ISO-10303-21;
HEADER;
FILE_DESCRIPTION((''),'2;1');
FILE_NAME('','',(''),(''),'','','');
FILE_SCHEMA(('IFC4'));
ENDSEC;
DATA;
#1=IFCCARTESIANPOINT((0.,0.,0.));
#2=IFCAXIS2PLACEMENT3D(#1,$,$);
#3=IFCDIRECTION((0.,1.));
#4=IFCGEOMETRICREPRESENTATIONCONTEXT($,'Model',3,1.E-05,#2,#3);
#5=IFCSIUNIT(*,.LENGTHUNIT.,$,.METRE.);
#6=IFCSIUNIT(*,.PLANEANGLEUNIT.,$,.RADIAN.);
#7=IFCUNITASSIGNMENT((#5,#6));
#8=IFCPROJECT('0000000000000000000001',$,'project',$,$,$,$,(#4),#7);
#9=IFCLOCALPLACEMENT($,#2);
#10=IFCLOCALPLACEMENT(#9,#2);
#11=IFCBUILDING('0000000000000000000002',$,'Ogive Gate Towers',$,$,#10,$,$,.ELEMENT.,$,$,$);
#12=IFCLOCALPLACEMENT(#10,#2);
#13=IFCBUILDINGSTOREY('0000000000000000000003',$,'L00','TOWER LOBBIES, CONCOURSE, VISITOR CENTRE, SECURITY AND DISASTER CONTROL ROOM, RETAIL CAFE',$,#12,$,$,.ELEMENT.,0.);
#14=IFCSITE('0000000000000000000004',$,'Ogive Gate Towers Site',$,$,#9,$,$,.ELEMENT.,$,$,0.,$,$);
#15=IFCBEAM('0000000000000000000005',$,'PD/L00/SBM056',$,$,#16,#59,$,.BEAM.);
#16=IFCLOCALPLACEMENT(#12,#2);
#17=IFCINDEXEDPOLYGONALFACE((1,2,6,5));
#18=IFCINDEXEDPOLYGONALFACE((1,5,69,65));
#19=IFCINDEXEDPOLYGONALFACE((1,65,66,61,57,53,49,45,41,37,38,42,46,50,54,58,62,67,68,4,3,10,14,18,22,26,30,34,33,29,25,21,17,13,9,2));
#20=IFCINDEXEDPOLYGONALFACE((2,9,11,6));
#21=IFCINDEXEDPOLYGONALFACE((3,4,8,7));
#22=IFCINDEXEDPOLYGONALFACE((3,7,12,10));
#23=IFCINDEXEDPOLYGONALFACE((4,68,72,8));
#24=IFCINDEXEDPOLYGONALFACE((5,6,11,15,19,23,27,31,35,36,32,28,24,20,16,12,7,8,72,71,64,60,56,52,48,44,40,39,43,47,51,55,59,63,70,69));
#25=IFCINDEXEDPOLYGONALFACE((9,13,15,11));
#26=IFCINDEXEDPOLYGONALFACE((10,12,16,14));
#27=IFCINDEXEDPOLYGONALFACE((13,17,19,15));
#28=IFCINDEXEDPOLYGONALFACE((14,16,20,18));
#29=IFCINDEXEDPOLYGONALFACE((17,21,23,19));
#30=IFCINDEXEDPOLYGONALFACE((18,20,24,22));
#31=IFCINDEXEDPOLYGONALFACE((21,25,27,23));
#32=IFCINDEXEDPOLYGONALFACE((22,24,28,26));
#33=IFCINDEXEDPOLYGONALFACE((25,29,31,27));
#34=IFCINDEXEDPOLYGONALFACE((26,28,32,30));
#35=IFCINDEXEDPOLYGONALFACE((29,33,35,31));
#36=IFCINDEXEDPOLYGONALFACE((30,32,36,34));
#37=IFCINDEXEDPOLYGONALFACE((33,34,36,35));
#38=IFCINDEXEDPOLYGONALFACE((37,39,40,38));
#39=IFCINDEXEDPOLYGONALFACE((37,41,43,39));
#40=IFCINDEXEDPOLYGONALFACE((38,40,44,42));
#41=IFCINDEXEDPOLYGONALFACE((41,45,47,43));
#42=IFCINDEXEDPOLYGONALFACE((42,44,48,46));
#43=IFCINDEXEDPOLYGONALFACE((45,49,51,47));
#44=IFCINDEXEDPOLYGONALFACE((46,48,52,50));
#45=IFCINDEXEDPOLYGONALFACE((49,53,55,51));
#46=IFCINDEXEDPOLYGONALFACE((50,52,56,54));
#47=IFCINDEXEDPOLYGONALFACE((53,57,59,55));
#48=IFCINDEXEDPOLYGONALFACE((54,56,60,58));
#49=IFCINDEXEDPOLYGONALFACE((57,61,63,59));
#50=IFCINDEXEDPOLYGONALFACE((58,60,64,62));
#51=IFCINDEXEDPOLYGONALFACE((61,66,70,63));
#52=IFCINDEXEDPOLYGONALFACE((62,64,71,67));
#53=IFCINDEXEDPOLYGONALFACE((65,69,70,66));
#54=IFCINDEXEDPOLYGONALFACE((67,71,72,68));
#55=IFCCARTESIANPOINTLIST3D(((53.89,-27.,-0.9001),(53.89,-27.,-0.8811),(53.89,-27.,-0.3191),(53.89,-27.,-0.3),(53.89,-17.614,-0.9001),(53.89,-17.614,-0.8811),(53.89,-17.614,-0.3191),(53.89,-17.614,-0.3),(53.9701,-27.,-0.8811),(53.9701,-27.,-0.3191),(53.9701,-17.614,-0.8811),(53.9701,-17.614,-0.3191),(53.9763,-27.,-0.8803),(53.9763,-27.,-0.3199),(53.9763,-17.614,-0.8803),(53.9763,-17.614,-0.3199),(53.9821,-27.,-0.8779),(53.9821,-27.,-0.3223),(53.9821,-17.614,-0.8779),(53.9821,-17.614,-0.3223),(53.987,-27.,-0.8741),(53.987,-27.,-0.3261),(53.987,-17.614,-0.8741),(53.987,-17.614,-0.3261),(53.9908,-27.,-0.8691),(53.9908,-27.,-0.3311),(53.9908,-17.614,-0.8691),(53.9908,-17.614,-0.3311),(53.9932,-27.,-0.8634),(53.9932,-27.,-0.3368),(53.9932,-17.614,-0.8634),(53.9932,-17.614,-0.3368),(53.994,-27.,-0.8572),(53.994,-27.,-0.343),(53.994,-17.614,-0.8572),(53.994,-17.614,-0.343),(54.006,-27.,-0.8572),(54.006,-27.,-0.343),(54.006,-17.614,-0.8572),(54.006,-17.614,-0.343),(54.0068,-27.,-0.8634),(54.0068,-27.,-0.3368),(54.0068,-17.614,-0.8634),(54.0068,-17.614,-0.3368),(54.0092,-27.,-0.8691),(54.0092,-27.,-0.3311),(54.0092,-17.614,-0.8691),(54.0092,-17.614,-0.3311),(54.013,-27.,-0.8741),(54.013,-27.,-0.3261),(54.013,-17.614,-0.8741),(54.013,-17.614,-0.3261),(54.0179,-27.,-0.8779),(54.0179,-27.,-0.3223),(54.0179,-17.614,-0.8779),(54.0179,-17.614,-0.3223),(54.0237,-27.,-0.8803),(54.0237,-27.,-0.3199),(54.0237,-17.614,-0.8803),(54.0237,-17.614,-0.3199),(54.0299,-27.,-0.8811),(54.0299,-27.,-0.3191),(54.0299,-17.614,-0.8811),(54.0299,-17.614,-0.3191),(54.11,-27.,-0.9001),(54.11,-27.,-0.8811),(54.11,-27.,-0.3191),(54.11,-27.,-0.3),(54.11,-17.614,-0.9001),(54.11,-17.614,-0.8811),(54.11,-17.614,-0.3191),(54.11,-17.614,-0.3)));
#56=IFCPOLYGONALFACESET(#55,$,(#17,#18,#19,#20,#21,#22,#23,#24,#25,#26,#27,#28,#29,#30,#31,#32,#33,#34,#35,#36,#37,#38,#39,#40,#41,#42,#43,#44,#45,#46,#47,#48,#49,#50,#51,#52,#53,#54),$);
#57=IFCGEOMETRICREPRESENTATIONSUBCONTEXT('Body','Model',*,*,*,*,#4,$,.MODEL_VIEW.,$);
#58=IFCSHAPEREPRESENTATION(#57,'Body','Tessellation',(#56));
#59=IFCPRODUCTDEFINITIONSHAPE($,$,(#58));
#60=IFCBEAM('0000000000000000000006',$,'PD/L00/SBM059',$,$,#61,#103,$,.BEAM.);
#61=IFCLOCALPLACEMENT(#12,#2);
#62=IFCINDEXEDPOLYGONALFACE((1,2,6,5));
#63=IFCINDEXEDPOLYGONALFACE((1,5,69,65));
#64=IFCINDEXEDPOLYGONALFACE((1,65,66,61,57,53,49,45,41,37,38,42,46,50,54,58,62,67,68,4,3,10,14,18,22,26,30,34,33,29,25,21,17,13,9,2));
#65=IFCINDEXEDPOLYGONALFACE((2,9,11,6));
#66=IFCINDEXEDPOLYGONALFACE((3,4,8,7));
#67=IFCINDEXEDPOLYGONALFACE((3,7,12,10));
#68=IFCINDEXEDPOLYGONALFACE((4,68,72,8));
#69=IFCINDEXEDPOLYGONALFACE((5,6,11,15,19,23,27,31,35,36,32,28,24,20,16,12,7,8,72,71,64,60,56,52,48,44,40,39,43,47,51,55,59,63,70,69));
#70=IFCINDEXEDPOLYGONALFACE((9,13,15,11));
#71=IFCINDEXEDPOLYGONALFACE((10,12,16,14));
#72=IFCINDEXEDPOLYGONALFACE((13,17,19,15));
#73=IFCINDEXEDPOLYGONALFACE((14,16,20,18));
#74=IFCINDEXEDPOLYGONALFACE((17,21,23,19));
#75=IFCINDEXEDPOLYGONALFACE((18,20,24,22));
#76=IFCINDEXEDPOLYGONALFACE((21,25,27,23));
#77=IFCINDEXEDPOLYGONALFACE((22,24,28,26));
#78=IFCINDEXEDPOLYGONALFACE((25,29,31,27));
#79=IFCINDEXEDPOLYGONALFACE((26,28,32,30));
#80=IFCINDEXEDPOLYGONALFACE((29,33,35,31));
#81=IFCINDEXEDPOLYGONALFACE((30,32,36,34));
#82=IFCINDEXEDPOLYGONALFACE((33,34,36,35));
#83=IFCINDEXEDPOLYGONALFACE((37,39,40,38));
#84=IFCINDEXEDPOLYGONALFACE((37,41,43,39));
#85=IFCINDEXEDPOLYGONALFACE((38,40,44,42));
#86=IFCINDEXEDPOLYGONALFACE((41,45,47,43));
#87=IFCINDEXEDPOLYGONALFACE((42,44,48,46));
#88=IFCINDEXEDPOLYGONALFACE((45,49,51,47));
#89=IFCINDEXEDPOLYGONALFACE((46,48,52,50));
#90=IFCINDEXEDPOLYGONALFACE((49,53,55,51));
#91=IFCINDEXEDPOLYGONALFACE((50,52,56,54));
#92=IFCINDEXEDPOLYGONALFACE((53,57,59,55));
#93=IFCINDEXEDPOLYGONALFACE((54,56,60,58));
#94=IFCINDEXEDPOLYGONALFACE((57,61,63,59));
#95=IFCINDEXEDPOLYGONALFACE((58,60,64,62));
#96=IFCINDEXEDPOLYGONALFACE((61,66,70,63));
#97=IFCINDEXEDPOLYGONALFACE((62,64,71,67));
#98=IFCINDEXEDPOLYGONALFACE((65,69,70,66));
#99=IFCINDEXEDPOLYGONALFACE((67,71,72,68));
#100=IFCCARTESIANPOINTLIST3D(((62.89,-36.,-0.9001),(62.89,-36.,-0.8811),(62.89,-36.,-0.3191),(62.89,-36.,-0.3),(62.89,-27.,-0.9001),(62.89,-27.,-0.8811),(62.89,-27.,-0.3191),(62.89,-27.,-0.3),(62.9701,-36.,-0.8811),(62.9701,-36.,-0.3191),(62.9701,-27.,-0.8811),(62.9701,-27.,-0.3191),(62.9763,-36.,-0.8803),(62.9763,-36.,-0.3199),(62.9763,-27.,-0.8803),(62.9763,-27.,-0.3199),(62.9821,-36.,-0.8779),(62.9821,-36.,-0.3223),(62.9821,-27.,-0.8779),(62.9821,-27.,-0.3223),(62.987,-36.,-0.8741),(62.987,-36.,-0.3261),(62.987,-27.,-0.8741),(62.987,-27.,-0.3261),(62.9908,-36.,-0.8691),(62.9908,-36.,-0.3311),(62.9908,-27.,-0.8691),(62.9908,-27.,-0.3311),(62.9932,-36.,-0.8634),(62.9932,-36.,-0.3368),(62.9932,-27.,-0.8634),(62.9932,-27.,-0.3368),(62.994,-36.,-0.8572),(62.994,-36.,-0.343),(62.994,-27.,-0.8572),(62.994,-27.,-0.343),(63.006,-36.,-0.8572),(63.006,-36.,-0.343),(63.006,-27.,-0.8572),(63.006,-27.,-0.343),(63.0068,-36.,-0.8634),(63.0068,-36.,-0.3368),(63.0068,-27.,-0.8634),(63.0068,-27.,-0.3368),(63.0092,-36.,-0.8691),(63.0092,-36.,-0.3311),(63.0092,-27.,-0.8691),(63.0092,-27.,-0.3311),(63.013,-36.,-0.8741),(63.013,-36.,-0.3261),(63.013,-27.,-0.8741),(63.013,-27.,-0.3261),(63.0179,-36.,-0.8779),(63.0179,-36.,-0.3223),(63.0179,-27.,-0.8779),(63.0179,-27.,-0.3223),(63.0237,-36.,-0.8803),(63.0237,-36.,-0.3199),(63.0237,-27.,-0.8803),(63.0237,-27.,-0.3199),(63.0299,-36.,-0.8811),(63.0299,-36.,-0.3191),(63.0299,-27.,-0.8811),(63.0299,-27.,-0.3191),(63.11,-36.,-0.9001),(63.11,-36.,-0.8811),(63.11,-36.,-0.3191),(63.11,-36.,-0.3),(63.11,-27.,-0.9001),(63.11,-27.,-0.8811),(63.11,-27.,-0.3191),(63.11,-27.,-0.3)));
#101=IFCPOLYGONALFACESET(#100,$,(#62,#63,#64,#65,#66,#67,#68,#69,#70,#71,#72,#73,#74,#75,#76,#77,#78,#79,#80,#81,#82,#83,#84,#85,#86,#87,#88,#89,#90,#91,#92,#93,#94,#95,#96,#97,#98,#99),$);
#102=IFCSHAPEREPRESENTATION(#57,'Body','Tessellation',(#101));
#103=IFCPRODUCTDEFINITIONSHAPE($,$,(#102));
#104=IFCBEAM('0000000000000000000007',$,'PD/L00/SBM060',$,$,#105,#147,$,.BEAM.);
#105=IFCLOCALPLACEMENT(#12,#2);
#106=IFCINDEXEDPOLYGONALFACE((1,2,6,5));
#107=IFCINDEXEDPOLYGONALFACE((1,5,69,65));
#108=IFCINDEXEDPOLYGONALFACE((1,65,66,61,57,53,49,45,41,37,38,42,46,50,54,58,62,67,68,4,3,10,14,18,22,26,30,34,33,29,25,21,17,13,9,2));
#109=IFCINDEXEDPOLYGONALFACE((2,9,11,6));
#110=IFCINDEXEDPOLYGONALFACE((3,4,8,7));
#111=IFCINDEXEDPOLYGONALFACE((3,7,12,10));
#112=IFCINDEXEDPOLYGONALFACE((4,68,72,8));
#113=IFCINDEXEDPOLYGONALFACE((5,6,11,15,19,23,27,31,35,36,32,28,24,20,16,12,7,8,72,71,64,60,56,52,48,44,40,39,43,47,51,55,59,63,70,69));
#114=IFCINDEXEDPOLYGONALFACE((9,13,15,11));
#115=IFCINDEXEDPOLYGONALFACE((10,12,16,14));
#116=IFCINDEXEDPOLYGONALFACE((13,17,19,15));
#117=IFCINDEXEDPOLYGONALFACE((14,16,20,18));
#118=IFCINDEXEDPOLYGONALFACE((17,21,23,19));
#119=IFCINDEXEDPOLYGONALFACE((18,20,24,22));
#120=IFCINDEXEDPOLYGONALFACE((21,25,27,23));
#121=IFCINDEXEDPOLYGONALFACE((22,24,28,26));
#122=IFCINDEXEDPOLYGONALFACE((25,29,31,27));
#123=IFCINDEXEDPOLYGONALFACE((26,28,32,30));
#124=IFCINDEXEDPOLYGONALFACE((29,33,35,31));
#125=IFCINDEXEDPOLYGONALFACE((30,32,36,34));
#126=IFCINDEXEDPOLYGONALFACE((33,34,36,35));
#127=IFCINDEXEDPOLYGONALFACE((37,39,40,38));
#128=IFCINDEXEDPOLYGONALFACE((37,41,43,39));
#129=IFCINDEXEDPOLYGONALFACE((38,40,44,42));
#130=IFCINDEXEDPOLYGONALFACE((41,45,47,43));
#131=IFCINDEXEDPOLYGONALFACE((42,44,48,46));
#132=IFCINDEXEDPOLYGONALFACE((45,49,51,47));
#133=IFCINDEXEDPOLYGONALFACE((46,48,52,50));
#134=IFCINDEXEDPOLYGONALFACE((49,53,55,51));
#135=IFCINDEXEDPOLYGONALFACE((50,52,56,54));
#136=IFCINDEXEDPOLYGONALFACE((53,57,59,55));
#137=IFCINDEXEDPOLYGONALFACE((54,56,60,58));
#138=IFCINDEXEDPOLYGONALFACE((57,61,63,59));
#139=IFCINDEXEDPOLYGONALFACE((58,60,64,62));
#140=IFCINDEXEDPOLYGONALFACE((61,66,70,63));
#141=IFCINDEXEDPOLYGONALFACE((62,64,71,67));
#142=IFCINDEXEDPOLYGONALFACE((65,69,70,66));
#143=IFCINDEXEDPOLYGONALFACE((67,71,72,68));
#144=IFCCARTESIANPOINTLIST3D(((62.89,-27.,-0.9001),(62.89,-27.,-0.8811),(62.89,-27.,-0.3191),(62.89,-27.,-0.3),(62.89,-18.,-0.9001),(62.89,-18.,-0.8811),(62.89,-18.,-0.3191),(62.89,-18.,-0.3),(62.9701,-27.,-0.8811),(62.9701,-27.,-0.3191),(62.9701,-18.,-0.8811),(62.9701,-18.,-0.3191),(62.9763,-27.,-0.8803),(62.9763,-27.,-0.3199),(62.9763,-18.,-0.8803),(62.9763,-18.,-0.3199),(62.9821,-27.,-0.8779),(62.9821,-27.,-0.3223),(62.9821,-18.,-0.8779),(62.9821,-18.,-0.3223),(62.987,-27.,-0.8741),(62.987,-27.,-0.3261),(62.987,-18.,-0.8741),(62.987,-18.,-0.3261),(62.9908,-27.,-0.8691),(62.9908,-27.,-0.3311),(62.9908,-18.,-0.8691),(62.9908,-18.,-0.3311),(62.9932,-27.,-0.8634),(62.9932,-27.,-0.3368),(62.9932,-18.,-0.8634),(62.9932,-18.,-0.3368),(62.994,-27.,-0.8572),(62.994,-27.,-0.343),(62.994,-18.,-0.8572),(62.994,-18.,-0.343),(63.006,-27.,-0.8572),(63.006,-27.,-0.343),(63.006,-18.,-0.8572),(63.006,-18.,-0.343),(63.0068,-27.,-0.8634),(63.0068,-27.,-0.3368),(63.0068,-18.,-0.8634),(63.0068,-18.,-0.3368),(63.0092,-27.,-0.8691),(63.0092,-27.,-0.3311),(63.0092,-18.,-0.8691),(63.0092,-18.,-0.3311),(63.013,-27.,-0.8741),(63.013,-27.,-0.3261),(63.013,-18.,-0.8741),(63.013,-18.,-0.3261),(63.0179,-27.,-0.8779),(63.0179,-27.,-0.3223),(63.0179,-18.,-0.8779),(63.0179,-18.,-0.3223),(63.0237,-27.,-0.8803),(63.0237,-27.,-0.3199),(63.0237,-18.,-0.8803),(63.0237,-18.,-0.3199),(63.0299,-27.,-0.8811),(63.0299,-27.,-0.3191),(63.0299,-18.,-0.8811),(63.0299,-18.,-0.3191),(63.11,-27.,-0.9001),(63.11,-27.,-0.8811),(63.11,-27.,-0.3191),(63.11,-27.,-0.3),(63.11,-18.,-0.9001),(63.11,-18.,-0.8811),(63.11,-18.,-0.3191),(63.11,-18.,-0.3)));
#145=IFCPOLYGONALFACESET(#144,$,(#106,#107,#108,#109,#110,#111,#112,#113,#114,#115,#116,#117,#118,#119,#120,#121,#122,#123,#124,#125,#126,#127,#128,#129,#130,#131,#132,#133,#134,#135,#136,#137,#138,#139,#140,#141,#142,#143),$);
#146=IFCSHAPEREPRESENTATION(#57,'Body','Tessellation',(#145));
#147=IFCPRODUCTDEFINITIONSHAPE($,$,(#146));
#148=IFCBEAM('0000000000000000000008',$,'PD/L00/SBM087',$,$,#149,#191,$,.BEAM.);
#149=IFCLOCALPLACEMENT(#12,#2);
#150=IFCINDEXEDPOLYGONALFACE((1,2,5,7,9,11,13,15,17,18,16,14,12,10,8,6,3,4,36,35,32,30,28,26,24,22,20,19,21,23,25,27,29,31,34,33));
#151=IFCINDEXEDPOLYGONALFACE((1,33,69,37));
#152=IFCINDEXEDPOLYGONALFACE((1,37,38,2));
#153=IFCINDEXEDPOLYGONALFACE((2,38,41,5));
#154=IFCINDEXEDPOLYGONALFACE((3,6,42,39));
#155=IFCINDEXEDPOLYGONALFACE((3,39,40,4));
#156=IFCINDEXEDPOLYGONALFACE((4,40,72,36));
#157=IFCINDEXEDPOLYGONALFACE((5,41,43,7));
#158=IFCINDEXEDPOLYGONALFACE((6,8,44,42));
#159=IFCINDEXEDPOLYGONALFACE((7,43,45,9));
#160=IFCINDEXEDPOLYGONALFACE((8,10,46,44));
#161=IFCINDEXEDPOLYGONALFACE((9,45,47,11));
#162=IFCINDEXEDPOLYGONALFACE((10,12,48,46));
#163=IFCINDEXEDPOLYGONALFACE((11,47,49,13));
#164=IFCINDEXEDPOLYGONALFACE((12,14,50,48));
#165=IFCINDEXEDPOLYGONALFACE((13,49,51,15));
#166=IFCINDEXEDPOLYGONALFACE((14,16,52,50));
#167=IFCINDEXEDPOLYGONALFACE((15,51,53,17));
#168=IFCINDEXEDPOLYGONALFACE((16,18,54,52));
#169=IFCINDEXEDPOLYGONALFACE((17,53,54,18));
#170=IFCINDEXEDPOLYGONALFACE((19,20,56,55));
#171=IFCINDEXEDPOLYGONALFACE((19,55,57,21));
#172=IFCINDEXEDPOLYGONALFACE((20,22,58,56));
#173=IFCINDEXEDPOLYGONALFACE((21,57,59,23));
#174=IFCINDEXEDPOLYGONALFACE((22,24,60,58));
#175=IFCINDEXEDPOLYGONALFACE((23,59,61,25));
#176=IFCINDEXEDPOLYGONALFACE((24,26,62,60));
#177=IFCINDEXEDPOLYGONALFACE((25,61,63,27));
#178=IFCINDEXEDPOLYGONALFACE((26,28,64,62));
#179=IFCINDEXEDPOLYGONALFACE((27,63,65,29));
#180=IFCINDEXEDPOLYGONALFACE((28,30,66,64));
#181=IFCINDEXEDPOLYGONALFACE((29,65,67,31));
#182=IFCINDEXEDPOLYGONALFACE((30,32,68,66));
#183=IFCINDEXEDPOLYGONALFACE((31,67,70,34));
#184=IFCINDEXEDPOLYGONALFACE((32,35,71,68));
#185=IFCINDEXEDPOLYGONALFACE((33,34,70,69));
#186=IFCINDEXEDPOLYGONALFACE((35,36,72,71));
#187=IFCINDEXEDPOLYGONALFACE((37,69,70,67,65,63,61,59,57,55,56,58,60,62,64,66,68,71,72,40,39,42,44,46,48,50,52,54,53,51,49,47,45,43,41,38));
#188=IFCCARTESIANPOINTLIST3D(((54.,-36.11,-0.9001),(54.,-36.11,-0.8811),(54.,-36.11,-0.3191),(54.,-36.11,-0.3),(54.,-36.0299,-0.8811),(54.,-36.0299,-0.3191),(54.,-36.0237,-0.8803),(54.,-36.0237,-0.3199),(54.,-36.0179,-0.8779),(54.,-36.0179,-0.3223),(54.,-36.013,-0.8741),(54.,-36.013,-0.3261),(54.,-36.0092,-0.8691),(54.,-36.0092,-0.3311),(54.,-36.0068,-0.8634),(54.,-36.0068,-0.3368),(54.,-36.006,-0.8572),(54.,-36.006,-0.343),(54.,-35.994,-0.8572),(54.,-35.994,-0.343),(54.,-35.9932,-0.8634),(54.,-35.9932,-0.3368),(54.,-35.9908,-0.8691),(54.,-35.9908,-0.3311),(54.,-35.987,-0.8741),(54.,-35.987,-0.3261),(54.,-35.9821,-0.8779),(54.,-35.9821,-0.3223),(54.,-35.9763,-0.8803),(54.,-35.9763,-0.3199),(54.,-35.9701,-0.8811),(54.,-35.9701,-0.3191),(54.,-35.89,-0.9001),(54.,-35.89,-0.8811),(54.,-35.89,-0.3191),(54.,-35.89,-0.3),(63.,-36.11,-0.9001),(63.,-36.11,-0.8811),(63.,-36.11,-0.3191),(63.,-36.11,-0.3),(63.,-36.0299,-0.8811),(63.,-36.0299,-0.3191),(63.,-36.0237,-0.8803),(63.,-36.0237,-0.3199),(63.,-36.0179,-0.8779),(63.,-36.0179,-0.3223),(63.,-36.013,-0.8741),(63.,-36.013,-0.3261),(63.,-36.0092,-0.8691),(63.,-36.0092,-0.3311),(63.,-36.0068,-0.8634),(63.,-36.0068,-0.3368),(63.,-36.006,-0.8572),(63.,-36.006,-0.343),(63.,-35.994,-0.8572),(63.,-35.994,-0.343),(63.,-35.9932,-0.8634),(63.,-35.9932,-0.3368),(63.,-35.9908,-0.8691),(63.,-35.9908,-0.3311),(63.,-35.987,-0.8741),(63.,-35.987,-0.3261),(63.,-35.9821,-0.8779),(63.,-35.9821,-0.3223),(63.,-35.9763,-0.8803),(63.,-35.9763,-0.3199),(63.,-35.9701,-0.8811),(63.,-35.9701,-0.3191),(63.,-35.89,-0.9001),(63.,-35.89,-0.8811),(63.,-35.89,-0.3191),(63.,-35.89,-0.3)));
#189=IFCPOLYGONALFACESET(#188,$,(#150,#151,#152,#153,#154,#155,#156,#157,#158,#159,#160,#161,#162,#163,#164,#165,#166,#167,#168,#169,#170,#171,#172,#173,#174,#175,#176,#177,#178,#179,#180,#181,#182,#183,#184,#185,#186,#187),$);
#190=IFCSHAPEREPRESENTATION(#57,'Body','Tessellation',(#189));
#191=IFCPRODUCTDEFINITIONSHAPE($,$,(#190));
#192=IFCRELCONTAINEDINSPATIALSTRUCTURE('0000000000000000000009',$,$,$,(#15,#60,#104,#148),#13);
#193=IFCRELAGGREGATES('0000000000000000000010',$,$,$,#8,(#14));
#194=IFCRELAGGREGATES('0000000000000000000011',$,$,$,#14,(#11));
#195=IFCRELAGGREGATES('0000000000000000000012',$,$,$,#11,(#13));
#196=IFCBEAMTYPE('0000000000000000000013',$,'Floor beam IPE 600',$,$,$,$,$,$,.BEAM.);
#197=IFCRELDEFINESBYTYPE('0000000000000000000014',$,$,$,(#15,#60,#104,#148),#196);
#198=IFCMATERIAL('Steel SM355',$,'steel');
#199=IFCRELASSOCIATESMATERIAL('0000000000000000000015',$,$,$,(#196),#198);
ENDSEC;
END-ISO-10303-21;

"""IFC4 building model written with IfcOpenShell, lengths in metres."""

from ifc_helpers import new_model, si_unit, direction, frame, origin, origin_2d, place, context, subcontext, project, spatial, i_section, extrude, material, material_profile, profile_set, type_object, element, save


model = new_model("IFC4")

# Units and contexts
model_context = context("Model", 3, precision=1e-05, world=origin(), true_north=direction((0.0, 1.0)))
body_context = subcontext(model_context, "Body", "Model", "MODEL_VIEW")
ifc_project = project(units=[si_unit("LENGTHUNIT", "METRE"), si_unit("PLANEANGLEUNIT", "RADIAN")], contexts=[model_context])

# Site, building, storey
site_placement = place(None, origin())
site = spatial("IfcSite", under=ifc_project, at=site_placement, Name="Ogive Gate Towers Site", CompositionType="ELEMENT", RefElevation=0.0)
building_placement = place(site_placement, origin())
building = spatial("IfcBuilding", under=site, at=building_placement, Name="Ogive Gate Towers", CompositionType="ELEMENT")
storey_placement = place(building_placement, origin())
storey = spatial("IfcBuildingStorey", under=building, at=storey_placement, Name="L00", Description="TOWER LOBBIES, CONCOURSE, VISITOR CENTRE, SECURITY AND DISASTER CONTROL ROOM, RETAIL CAFE", CompositionType="ELEMENT", Elevation=0.0)

# Beams
ifc_material_1 = material(Name="Steel SM355", Category="steel")
ifc_material_profile_1 = material_profile(ifc_material_1, i_section(OverallWidth=0.22, OverallDepth=0.6001, WebThickness=0.012, FlangeThickness=0.019, FilletRadius=0.0239, at=origin_2d()), Name="IPE 600")
ifc_profile_set_1 = profile_set([ifc_material_profile_1], Name="Steel SM355")
beam_type = type_object("IfcBeamType", Name="Floor beam IPE 600", PredefinedType="BEAM", material=ifc_profile_set_1)
beam_1_placement = place(storey_placement, frame((54.0, -27.0, -0.6001), z_axis=(0.0, 1.0, 0.0), x_axis=(-1.0, 0.0, 0.0)))
element("IfcBeam", 1, at=beam_1_placement, inside=storey, type_object=beam_type, Name="PD/L00/SBM056", PredefinedType="BEAM", context=body_context, shape_type="SweptSolid", body=[
    extrude(i_section(OverallWidth=0.22, OverallDepth=0.6001, WebThickness=0.012, FlangeThickness=0.019, FilletRadius=0.0239, at=origin_2d()), origin(), (0.0, 0.0, 1.0), 9.386),
])
for number, where, z_axis, x_axis, name in (
    (2, (63.0, -36.0, -0.6001), (0.0, 1.0, 0.0), (-1.0, 0.0, 0.0), "PD/L00/SBM059"),
    (3, (63.0, -27.0, -0.6001), (0.0, 1.0, 0.0), (-1.0, 0.0, 0.0), "PD/L00/SBM060"),
    (4, (54.0, -36.0, -0.6001), (1.0, 0.0, 0.0), (0.0, 1.0, 0.0), "PD/L00/SBM087"),
):
    element("IfcBeam", number, at=place(storey_placement, frame(where, z_axis=z_axis, x_axis=x_axis)), inside=storey, type_object=beam_type, Name=name, PredefinedType="BEAM", context=body_context, shape_type="SweptSolid", body=[
        extrude(i_section(OverallWidth=0.22, OverallDepth=0.6001, WebThickness=0.012, FlangeThickness=0.019, FilletRadius=0.0239, at=origin_2d()), origin(), (0.0, 0.0, 1.0), 9.0),
    ])

save(model, "model.ifc")
